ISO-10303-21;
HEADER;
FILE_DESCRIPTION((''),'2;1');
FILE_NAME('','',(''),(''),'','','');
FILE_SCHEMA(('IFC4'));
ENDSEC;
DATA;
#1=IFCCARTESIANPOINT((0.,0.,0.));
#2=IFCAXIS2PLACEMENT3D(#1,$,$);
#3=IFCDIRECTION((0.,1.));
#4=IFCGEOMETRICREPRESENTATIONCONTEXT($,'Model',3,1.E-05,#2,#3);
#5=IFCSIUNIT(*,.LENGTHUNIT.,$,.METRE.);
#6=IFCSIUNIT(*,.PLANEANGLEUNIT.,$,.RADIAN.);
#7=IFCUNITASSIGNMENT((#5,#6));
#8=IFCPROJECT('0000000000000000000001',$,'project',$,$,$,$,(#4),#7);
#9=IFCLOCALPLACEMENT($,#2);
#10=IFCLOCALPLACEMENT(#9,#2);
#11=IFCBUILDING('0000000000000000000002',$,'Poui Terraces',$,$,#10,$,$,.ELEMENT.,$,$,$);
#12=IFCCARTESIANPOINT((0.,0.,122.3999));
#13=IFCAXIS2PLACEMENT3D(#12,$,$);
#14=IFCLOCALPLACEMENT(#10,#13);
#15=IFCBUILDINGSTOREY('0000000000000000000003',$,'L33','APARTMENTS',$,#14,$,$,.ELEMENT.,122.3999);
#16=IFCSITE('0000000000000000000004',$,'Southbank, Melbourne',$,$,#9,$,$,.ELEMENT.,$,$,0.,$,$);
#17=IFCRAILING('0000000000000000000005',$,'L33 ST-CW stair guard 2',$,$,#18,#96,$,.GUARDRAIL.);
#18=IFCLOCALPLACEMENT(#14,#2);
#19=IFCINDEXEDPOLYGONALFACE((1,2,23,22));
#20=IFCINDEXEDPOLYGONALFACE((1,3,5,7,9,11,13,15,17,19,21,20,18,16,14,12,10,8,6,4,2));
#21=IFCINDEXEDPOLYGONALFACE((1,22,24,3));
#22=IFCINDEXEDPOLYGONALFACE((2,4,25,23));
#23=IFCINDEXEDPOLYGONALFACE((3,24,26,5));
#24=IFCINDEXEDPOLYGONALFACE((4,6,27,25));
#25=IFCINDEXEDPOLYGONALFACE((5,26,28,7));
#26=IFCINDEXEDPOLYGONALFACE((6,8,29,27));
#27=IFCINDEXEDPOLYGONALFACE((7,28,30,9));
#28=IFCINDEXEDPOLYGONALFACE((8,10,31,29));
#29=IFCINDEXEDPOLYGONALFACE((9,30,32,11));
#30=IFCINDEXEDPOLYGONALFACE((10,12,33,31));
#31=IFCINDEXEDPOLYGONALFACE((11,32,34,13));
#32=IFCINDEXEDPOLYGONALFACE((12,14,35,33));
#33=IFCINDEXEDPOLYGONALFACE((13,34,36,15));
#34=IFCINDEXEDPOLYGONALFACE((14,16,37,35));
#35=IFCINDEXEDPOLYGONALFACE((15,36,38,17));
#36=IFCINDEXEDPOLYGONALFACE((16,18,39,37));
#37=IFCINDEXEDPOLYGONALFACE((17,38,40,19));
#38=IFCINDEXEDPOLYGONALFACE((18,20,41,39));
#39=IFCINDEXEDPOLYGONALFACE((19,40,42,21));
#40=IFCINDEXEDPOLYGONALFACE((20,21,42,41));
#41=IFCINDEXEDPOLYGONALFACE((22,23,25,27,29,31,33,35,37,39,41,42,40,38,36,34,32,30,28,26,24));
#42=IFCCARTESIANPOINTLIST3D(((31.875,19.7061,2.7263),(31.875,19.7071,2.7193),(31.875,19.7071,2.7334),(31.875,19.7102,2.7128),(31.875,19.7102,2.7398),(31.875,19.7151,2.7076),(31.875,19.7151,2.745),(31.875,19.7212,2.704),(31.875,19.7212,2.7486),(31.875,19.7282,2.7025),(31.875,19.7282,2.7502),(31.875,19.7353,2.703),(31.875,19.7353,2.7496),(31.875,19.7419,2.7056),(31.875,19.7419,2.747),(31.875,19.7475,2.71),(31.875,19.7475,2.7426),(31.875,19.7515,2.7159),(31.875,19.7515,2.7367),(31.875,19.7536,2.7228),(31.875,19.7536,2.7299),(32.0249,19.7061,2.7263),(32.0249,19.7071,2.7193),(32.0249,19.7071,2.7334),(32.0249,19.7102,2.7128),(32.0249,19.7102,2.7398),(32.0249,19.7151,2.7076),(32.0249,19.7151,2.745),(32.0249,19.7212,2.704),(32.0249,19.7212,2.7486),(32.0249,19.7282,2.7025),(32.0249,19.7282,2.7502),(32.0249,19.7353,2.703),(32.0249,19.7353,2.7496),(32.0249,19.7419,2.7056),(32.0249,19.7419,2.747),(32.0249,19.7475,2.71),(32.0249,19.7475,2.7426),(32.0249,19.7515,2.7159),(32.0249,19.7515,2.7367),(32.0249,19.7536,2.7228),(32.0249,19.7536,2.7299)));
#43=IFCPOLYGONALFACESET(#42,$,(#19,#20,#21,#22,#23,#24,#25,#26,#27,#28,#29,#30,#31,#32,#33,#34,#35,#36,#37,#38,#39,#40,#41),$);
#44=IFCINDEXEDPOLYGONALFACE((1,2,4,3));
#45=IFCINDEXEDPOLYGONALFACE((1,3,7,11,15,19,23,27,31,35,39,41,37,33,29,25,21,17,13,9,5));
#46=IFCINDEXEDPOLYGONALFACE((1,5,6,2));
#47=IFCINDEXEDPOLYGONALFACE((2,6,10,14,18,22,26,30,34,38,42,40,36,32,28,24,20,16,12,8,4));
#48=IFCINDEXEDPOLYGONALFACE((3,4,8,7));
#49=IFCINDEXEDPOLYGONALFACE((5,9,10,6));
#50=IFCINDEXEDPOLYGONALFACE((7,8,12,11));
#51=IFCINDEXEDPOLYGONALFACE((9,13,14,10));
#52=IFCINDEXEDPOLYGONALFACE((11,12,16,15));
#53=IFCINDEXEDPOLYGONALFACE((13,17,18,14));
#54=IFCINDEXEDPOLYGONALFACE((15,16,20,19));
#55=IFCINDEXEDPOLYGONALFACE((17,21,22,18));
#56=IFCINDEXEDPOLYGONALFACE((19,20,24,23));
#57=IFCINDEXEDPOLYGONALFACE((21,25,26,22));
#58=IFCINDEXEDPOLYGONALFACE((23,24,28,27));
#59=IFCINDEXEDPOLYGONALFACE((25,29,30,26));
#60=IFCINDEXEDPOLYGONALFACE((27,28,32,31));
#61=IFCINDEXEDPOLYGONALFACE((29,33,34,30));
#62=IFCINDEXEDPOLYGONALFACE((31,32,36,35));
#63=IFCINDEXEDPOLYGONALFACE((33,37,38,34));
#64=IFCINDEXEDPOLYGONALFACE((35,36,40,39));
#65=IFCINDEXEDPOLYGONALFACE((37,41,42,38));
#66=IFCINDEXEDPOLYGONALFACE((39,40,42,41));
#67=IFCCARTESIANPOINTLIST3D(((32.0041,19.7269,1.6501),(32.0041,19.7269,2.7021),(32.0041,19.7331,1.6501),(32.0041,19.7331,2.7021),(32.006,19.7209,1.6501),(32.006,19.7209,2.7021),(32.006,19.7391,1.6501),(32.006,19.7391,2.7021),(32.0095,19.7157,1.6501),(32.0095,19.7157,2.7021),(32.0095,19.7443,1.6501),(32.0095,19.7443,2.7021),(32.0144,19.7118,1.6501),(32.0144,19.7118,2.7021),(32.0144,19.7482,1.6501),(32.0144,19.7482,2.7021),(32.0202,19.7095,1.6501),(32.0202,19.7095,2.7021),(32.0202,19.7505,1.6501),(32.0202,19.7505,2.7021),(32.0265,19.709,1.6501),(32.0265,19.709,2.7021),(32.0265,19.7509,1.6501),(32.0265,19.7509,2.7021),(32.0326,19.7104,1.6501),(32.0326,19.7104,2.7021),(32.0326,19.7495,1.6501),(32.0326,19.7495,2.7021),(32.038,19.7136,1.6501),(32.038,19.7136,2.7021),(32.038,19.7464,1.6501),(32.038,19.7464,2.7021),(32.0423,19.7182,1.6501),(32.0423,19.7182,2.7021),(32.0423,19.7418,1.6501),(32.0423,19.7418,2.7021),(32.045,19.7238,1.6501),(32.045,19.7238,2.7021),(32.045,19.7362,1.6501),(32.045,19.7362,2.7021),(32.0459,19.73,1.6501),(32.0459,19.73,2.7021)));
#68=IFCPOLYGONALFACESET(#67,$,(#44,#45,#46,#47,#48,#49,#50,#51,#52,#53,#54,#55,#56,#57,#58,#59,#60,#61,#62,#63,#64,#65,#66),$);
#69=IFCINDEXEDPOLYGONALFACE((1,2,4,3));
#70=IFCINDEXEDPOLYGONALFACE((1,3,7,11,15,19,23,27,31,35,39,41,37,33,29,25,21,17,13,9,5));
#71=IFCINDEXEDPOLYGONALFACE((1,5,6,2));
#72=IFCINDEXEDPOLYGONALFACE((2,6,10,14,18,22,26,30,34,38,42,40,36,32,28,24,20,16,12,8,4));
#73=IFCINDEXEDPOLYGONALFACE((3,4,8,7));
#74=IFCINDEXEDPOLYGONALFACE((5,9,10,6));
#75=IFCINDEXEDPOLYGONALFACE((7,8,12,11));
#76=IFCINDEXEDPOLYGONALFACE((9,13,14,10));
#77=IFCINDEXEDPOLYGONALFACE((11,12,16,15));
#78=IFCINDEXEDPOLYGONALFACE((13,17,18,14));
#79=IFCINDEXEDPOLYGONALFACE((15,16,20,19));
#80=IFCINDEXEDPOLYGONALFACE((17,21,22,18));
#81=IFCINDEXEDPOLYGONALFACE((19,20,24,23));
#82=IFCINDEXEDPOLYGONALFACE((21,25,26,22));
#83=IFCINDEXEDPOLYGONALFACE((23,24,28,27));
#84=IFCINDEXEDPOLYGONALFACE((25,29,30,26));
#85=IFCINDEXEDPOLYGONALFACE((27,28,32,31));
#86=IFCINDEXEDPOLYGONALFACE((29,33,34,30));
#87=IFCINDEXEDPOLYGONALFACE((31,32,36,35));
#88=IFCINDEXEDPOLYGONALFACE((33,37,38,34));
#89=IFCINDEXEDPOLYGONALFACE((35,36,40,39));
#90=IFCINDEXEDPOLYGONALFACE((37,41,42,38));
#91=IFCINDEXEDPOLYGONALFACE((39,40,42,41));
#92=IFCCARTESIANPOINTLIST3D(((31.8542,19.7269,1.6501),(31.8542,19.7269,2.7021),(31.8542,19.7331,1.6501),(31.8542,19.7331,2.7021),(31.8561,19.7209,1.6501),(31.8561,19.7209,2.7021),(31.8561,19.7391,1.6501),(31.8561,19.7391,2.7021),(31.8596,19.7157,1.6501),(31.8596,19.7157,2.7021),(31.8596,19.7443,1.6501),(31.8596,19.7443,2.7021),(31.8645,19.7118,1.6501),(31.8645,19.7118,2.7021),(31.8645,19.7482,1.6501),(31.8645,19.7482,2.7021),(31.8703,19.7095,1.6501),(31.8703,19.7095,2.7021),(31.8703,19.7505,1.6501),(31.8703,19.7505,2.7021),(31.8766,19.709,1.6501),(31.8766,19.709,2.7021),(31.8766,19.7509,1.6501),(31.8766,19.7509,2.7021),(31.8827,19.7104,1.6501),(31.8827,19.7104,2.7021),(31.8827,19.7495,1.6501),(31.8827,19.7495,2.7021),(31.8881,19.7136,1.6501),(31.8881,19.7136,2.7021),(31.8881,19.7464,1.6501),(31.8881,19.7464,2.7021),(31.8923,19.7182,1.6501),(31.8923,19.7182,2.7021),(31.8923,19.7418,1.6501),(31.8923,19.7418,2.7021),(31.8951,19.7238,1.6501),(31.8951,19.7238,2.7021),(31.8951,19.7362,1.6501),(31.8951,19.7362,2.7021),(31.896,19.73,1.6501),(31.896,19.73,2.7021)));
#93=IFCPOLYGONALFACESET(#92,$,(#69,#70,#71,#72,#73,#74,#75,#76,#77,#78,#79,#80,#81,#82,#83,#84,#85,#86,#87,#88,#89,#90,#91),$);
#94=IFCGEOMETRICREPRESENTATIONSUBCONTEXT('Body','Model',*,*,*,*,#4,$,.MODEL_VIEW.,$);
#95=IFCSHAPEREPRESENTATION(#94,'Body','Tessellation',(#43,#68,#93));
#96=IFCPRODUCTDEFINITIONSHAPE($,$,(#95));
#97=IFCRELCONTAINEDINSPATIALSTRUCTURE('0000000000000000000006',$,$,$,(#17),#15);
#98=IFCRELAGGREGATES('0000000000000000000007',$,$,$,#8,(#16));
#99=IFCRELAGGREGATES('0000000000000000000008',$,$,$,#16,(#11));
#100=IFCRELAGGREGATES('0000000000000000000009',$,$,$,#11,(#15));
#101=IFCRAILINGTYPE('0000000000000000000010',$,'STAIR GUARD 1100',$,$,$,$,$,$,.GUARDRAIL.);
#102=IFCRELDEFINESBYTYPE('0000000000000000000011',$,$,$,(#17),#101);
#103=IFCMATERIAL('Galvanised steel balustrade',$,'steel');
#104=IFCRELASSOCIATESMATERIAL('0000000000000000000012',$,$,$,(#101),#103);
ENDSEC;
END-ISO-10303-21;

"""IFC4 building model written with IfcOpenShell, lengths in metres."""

from ifc_helpers import new_model, si_unit, direction, frame, origin, origin_2d, place, context, subcontext, project, spatial, circle, extrude, material, type_object, element, save


model = new_model("IFC4")

# Units and contexts
model_context = context("Model", 3, precision=1e-05, world=origin(), true_north=direction((0.0, 1.0)))
body_context = subcontext(model_context, "Body", "Model", "MODEL_VIEW")
ifc_project = project(units=[si_unit("LENGTHUNIT", "METRE"), si_unit("PLANEANGLEUNIT", "RADIAN")], contexts=[model_context])

# Site, building, storey
site_placement = place(None, origin())
site = spatial("IfcSite", under=ifc_project, at=site_placement, Name="Southbank, Melbourne", CompositionType="ELEMENT", RefElevation=0.0)
building_placement = place(site_placement, origin())
building = spatial("IfcBuilding", under=site, at=building_placement, Name="Poui Terraces", CompositionType="ELEMENT")
storey_placement = place(building_placement, frame((0.0, 0.0, 122.3999)))
storey = spatial("IfcBuildingStorey", under=building, at=storey_placement, Name="L33", Description="APARTMENTS", CompositionType="ELEMENT", Elevation=122.3999)

# Railing
ifc_material_1 = material(Name="Galvanised steel balustrade", Category="steel")
railing_type_1 = type_object("IfcRailingType", Name="STAIR GUARD 1100", PredefinedType="GUARDRAIL", material=ifc_material_1)
railing_1_placement = place(storey_placement, frame((32.0249, 19.73, 1.6501)))
element("IfcRailing", 1, at=railing_1_placement, inside=storey, type_object=railing_type_1, Name="L33 ST-CW stair guard 2", PredefinedType="GUARDRAIL", context=body_context, shape_type="SweptSolid", body=[
    extrude(circle(Radius=0.0239, at=origin_2d()), frame((0.0, 0.0, 1.0762), z_axis=(-1.0, 0.0, 0.0), x_axis=(0.0, -1.0, 0.0)), (0.0, 0.0, 1.0), 0.1499),
    extrude(circle(Radius=0.021, at=origin_2d()), origin(), (0.0, 0.0, 1.0), 1.052),
    extrude(circle(Radius=0.021, at=origin_2d()), frame((-0.1499, 0.0, 0.0)), (0.0, 0.0, 1.0), 1.052),
])

save(model, "model.ifc")
